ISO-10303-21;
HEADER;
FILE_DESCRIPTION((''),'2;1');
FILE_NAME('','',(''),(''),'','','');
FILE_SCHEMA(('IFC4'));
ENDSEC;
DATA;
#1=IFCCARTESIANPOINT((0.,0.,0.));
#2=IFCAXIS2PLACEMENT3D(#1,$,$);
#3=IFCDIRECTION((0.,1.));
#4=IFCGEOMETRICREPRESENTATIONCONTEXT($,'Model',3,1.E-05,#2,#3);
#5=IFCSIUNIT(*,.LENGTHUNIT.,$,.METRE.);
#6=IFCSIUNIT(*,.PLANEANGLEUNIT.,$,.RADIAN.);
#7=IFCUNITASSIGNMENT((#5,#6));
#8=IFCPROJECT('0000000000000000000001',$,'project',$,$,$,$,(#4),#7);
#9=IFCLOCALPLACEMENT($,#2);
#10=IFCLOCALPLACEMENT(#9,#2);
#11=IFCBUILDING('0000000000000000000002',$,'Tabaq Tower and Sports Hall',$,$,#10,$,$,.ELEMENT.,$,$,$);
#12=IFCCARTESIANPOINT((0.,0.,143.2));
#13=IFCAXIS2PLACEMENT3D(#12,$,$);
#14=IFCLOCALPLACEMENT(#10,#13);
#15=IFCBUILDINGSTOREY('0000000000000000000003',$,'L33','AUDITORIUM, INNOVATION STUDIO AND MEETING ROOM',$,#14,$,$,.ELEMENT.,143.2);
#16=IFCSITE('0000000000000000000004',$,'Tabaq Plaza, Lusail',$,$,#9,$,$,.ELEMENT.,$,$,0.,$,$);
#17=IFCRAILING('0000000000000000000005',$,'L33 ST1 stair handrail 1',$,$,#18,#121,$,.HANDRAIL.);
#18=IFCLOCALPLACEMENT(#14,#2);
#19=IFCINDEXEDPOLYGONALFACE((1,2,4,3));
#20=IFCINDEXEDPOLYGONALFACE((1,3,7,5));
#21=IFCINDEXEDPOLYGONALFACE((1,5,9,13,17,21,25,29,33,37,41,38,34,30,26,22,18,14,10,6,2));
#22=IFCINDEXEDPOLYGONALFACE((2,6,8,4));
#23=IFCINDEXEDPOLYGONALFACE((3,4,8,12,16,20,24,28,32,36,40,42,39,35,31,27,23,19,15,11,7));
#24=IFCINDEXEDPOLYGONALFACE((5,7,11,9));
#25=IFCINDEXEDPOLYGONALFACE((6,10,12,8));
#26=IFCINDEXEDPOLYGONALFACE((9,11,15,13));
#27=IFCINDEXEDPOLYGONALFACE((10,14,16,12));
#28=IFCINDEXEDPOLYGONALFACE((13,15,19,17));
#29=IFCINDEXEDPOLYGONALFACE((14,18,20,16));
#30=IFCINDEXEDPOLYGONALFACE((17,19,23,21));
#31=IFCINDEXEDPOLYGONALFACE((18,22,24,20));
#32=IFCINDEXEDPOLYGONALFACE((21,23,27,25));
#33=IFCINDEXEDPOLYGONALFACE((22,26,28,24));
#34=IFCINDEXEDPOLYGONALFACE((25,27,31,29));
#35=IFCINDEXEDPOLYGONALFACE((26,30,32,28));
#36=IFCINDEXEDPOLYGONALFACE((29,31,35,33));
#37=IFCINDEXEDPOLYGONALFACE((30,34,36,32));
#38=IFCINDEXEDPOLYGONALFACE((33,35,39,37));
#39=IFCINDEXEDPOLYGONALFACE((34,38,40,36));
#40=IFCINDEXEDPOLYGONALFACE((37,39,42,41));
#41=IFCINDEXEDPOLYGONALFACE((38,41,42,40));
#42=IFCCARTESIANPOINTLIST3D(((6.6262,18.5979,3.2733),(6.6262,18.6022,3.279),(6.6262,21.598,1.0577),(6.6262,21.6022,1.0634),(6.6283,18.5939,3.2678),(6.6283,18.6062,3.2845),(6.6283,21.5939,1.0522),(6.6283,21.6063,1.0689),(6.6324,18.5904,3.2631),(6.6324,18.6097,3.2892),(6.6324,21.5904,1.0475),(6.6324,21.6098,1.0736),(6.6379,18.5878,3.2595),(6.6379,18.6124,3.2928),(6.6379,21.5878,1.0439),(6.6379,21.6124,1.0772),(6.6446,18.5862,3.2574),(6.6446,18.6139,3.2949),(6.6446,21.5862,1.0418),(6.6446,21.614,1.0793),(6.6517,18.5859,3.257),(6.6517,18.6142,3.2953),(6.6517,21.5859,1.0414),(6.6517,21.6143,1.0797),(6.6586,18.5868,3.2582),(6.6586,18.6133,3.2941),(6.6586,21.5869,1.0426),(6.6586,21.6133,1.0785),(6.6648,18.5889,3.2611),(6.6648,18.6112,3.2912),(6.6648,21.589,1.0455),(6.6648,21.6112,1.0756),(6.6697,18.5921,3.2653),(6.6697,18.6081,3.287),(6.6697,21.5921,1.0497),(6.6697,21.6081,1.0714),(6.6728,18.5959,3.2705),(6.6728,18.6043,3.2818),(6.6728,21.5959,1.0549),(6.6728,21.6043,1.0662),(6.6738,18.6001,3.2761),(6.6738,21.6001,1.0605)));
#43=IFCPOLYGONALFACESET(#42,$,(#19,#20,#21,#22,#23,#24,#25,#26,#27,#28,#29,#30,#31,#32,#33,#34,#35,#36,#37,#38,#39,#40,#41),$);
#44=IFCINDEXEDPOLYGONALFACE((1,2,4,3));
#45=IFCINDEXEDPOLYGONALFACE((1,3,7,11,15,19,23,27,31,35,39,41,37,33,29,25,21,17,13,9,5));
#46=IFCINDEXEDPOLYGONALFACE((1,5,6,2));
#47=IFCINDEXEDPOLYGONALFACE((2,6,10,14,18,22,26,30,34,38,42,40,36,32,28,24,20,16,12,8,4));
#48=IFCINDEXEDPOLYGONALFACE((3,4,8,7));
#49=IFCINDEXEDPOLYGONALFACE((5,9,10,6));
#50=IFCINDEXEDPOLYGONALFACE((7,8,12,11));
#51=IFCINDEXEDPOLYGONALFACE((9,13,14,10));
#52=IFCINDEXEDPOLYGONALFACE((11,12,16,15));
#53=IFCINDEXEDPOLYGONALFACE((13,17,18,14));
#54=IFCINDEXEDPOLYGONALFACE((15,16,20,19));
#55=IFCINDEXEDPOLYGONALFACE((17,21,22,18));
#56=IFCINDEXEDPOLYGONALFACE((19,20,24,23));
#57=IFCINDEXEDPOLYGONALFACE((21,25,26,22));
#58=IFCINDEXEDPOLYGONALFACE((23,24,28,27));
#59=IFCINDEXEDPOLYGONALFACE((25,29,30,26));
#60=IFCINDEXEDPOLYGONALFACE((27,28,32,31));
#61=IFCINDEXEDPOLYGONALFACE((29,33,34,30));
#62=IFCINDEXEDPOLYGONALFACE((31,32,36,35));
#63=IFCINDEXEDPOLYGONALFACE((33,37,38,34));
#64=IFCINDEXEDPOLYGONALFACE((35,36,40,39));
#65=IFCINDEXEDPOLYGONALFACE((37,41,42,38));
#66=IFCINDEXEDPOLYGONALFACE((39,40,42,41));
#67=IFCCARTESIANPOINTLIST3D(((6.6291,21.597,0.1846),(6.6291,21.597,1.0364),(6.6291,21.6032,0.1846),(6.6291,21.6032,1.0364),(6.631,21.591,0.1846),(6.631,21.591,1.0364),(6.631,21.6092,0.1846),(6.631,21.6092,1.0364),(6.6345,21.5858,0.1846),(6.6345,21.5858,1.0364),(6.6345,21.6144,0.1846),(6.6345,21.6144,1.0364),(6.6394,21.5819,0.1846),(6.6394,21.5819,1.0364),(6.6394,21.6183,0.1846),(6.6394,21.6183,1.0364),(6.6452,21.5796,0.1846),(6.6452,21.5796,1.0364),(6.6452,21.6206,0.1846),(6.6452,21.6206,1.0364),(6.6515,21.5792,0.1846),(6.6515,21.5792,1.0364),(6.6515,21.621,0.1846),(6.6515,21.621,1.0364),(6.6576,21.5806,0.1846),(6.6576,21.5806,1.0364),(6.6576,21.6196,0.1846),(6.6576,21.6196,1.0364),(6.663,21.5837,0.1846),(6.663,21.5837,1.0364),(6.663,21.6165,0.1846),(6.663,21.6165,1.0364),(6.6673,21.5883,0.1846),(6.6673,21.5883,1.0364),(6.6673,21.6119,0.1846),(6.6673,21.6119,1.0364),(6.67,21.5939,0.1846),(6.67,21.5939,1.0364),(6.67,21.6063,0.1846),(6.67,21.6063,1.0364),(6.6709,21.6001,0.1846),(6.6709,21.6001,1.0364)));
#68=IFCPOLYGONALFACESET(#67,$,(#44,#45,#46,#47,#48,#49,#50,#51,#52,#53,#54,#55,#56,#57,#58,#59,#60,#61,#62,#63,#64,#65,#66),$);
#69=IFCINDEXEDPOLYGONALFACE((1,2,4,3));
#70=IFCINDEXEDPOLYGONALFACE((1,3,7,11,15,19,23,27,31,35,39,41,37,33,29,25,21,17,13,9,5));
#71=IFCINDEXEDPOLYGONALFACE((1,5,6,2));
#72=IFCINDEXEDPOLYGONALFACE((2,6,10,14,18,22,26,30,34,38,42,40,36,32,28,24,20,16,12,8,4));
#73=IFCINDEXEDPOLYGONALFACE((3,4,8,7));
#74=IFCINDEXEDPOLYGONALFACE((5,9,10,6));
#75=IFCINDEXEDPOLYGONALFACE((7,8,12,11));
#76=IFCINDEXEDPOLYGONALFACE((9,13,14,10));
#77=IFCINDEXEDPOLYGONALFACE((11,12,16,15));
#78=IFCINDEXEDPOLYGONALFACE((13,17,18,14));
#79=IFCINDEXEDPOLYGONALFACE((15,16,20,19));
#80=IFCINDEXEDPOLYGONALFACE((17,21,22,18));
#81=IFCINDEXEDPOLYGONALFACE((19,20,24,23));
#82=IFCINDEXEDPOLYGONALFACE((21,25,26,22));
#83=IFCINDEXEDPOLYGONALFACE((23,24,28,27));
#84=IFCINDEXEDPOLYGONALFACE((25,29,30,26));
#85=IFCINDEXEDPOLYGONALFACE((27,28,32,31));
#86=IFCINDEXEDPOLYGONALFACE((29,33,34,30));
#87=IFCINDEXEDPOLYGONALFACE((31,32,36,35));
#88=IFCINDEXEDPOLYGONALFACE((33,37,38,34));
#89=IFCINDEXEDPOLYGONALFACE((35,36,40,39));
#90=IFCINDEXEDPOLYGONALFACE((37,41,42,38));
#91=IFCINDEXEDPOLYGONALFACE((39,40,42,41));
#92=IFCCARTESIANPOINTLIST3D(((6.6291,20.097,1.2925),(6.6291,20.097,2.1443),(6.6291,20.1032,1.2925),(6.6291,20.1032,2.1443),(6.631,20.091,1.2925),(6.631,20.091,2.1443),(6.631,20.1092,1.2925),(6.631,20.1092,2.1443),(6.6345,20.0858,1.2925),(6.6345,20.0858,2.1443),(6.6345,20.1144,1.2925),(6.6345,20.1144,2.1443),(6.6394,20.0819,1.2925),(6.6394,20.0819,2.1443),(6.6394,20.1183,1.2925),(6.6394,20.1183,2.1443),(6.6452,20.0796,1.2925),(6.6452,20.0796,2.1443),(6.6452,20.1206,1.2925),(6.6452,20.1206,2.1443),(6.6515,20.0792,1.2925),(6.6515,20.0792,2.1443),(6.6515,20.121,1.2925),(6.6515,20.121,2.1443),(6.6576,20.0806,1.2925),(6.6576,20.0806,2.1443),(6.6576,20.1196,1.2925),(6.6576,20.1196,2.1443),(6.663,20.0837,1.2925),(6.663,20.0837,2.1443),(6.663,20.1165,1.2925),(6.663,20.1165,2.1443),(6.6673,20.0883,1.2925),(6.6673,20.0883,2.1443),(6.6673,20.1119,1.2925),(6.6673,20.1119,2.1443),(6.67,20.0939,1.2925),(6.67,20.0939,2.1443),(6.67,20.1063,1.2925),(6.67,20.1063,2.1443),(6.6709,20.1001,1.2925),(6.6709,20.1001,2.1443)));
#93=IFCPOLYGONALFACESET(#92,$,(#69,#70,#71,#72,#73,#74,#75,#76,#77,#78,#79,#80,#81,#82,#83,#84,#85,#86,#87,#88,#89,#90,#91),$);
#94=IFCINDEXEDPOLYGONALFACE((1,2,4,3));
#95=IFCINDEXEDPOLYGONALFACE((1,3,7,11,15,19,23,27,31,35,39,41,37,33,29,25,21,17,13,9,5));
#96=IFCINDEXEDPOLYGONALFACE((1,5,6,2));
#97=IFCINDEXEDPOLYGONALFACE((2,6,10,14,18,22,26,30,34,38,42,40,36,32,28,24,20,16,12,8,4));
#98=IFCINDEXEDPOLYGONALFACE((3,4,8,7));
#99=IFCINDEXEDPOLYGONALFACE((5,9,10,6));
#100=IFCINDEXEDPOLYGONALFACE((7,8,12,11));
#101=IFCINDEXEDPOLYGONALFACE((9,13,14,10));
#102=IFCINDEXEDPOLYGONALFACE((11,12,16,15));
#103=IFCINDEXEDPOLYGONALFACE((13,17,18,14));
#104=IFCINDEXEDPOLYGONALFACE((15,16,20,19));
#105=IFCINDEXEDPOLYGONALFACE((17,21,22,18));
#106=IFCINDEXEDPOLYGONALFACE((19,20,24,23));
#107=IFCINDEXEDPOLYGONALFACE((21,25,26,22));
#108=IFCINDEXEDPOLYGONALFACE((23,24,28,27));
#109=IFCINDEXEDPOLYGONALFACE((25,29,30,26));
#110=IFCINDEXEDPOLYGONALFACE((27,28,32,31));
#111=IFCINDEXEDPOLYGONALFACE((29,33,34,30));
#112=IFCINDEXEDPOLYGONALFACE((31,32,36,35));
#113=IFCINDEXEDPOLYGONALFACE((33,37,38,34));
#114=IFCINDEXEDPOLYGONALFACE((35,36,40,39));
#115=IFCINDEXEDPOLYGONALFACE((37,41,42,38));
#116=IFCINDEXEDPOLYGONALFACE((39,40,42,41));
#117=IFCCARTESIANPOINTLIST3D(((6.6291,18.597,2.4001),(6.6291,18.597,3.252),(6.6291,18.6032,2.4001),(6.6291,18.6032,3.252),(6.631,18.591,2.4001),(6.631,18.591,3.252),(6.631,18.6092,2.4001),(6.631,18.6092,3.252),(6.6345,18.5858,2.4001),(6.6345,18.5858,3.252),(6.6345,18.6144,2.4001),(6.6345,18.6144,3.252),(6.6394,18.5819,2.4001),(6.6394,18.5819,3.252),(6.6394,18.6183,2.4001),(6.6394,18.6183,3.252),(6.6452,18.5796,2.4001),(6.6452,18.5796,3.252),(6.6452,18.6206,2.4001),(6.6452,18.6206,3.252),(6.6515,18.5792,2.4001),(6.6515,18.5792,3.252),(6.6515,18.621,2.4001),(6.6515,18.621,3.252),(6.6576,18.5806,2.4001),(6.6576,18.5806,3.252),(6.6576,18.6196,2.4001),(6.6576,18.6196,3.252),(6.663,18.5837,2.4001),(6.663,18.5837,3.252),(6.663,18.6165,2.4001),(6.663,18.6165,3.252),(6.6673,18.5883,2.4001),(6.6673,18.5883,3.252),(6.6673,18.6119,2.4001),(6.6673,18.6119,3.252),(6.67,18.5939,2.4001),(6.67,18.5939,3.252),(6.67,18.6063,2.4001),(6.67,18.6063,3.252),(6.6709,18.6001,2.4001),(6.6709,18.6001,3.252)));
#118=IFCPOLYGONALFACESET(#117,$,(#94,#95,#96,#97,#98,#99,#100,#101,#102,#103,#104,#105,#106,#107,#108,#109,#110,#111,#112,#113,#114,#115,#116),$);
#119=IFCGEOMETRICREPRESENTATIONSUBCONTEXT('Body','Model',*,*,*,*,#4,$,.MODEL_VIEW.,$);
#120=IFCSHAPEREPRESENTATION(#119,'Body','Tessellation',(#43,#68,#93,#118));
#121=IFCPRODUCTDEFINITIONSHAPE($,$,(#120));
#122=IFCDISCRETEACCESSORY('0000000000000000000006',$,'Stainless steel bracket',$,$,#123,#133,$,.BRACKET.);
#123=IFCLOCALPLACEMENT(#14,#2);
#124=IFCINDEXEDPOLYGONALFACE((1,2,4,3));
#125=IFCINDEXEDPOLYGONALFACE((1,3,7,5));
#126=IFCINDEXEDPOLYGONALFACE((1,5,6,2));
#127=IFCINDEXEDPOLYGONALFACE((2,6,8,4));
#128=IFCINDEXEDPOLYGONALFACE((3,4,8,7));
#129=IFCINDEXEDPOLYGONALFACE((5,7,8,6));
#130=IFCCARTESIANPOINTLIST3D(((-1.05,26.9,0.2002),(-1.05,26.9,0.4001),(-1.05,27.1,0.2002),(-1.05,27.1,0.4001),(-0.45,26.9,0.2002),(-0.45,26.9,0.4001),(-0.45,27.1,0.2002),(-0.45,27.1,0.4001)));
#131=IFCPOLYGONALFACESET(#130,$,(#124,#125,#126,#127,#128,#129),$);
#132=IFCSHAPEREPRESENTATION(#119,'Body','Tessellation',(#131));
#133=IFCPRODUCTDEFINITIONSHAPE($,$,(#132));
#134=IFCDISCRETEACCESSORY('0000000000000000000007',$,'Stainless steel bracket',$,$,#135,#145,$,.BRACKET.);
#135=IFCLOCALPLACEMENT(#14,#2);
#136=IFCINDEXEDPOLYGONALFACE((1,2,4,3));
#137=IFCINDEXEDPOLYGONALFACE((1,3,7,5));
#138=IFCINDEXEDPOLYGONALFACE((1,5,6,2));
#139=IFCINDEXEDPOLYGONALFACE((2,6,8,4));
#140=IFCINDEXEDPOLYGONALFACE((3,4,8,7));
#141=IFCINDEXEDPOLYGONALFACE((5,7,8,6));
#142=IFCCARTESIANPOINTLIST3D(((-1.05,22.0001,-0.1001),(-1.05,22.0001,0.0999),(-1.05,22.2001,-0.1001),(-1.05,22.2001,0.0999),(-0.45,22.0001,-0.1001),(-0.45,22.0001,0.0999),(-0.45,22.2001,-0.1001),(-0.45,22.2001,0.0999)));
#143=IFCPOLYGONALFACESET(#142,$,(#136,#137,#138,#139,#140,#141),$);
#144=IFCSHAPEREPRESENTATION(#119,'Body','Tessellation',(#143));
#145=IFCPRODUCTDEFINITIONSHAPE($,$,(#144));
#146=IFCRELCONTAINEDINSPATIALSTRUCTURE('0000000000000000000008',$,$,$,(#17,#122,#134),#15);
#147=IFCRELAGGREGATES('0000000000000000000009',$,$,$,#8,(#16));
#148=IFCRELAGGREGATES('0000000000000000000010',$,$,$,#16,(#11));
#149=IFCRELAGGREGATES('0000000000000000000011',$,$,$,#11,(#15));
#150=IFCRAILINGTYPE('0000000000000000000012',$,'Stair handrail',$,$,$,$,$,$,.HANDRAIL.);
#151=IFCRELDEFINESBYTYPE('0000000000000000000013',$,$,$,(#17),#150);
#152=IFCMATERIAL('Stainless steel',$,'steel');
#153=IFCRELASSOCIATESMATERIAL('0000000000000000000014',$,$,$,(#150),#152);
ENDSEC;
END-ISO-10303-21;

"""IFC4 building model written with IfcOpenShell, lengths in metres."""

from ifc_helpers import new_model, si_unit, direction, frame, origin, origin_2d, place, context, subcontext, project, spatial, rectangle, circle, extrude, material, type_object, element, save


model = new_model("IFC4")

# Units and contexts
model_context = context("Model", 3, precision=1e-05, world=origin(), true_north=direction((0.0, 1.0)))
body_context = subcontext(model_context, "Body", "Model", "MODEL_VIEW")
ifc_project = project(units=[si_unit("LENGTHUNIT", "METRE"), si_unit("PLANEANGLEUNIT", "RADIAN")], contexts=[model_context])

# Site, building, storey
site_placement = place(None, origin())
site = spatial("IfcSite", under=ifc_project, at=site_placement, Name="Tabaq Plaza, Lusail", CompositionType="ELEMENT", RefElevation=0.0)
building_placement = place(site_placement, origin())
building = spatial("IfcBuilding", under=site, at=building_placement, Name="Tabaq Tower and Sports Hall", CompositionType="ELEMENT")
storey_placement = place(building_placement, frame((0.0, 0.0, 143.2)))
storey = spatial("IfcBuildingStorey", under=building, at=storey_placement, Name="L33", Description="AUDITORIUM, INNOVATION STUDIO AND MEETING ROOM", CompositionType="ELEMENT", Elevation=143.2)

# Railing
ifc_material_1 = material(Name="Stainless steel", Category="steel")
railing_type_1 = type_object("IfcRailingType", Name="Stair handrail", PredefinedType="HANDRAIL", material=ifc_material_1)
railing_1_placement = place(storey_placement, frame((6.6499, 21.6001, 0.1846)))
element("IfcRailing", 1, at=railing_1_placement, inside=storey, type_object=railing_type_1, Name="L33 ST1 stair handrail 1", PredefinedType="HANDRAIL", context=body_context, shape_type="SweptSolid", body=[
    extrude(circle(Radius=0.0239, at=origin_2d()), frame((0.0, 0.0, 0.876), z_axis=(0.0, -0.804409, 0.594076), x_axis=(1.0, 0.0, 0.0)), (0.0, 0.0, 1.0), 3.7295),
    extrude(circle(Radius=0.021, at=origin_2d()), origin(), (0.0, 0.0, 1.0), 0.8518),
    extrude(circle(Radius=0.021, at=origin_2d()), frame((0.0, -1.5, 1.1079)), (0.0, 0.0, 1.0), 0.8518),
    extrude(circle(Radius=0.021, at=origin_2d()), frame((0.0, -3.0, 2.2156)), (0.0, 0.0, 1.0), 0.8518),
])

# Discrete accessories
for number, where, z_axis, x_axis, name in (
    (2, (-0.75, 27.0, 0.2002), (0.0, 0.0, 1.0), (-1.0, 0.0, 0.0), "Stainless steel bracket"),
    (3, (-0.75, 22.1001, -0.1001), (0.0, 0.0, 1.0), (-1.0, 0.0, 0.0), "Stainless steel bracket"),
):
    element("IfcDiscreteAccessory", number, at=place(storey_placement, frame(where, z_axis=z_axis, x_axis=x_axis)), inside=storey, Name=name, PredefinedType="BRACKET", context=body_context, shape_type="SweptSolid", body=[
        extrude(rectangle(XDim=0.6001, YDim=0.2, at=origin_2d()), origin(), (0.0, 0.0, 1.0), 0.2),
    ])

save(model, "model.ifc")
